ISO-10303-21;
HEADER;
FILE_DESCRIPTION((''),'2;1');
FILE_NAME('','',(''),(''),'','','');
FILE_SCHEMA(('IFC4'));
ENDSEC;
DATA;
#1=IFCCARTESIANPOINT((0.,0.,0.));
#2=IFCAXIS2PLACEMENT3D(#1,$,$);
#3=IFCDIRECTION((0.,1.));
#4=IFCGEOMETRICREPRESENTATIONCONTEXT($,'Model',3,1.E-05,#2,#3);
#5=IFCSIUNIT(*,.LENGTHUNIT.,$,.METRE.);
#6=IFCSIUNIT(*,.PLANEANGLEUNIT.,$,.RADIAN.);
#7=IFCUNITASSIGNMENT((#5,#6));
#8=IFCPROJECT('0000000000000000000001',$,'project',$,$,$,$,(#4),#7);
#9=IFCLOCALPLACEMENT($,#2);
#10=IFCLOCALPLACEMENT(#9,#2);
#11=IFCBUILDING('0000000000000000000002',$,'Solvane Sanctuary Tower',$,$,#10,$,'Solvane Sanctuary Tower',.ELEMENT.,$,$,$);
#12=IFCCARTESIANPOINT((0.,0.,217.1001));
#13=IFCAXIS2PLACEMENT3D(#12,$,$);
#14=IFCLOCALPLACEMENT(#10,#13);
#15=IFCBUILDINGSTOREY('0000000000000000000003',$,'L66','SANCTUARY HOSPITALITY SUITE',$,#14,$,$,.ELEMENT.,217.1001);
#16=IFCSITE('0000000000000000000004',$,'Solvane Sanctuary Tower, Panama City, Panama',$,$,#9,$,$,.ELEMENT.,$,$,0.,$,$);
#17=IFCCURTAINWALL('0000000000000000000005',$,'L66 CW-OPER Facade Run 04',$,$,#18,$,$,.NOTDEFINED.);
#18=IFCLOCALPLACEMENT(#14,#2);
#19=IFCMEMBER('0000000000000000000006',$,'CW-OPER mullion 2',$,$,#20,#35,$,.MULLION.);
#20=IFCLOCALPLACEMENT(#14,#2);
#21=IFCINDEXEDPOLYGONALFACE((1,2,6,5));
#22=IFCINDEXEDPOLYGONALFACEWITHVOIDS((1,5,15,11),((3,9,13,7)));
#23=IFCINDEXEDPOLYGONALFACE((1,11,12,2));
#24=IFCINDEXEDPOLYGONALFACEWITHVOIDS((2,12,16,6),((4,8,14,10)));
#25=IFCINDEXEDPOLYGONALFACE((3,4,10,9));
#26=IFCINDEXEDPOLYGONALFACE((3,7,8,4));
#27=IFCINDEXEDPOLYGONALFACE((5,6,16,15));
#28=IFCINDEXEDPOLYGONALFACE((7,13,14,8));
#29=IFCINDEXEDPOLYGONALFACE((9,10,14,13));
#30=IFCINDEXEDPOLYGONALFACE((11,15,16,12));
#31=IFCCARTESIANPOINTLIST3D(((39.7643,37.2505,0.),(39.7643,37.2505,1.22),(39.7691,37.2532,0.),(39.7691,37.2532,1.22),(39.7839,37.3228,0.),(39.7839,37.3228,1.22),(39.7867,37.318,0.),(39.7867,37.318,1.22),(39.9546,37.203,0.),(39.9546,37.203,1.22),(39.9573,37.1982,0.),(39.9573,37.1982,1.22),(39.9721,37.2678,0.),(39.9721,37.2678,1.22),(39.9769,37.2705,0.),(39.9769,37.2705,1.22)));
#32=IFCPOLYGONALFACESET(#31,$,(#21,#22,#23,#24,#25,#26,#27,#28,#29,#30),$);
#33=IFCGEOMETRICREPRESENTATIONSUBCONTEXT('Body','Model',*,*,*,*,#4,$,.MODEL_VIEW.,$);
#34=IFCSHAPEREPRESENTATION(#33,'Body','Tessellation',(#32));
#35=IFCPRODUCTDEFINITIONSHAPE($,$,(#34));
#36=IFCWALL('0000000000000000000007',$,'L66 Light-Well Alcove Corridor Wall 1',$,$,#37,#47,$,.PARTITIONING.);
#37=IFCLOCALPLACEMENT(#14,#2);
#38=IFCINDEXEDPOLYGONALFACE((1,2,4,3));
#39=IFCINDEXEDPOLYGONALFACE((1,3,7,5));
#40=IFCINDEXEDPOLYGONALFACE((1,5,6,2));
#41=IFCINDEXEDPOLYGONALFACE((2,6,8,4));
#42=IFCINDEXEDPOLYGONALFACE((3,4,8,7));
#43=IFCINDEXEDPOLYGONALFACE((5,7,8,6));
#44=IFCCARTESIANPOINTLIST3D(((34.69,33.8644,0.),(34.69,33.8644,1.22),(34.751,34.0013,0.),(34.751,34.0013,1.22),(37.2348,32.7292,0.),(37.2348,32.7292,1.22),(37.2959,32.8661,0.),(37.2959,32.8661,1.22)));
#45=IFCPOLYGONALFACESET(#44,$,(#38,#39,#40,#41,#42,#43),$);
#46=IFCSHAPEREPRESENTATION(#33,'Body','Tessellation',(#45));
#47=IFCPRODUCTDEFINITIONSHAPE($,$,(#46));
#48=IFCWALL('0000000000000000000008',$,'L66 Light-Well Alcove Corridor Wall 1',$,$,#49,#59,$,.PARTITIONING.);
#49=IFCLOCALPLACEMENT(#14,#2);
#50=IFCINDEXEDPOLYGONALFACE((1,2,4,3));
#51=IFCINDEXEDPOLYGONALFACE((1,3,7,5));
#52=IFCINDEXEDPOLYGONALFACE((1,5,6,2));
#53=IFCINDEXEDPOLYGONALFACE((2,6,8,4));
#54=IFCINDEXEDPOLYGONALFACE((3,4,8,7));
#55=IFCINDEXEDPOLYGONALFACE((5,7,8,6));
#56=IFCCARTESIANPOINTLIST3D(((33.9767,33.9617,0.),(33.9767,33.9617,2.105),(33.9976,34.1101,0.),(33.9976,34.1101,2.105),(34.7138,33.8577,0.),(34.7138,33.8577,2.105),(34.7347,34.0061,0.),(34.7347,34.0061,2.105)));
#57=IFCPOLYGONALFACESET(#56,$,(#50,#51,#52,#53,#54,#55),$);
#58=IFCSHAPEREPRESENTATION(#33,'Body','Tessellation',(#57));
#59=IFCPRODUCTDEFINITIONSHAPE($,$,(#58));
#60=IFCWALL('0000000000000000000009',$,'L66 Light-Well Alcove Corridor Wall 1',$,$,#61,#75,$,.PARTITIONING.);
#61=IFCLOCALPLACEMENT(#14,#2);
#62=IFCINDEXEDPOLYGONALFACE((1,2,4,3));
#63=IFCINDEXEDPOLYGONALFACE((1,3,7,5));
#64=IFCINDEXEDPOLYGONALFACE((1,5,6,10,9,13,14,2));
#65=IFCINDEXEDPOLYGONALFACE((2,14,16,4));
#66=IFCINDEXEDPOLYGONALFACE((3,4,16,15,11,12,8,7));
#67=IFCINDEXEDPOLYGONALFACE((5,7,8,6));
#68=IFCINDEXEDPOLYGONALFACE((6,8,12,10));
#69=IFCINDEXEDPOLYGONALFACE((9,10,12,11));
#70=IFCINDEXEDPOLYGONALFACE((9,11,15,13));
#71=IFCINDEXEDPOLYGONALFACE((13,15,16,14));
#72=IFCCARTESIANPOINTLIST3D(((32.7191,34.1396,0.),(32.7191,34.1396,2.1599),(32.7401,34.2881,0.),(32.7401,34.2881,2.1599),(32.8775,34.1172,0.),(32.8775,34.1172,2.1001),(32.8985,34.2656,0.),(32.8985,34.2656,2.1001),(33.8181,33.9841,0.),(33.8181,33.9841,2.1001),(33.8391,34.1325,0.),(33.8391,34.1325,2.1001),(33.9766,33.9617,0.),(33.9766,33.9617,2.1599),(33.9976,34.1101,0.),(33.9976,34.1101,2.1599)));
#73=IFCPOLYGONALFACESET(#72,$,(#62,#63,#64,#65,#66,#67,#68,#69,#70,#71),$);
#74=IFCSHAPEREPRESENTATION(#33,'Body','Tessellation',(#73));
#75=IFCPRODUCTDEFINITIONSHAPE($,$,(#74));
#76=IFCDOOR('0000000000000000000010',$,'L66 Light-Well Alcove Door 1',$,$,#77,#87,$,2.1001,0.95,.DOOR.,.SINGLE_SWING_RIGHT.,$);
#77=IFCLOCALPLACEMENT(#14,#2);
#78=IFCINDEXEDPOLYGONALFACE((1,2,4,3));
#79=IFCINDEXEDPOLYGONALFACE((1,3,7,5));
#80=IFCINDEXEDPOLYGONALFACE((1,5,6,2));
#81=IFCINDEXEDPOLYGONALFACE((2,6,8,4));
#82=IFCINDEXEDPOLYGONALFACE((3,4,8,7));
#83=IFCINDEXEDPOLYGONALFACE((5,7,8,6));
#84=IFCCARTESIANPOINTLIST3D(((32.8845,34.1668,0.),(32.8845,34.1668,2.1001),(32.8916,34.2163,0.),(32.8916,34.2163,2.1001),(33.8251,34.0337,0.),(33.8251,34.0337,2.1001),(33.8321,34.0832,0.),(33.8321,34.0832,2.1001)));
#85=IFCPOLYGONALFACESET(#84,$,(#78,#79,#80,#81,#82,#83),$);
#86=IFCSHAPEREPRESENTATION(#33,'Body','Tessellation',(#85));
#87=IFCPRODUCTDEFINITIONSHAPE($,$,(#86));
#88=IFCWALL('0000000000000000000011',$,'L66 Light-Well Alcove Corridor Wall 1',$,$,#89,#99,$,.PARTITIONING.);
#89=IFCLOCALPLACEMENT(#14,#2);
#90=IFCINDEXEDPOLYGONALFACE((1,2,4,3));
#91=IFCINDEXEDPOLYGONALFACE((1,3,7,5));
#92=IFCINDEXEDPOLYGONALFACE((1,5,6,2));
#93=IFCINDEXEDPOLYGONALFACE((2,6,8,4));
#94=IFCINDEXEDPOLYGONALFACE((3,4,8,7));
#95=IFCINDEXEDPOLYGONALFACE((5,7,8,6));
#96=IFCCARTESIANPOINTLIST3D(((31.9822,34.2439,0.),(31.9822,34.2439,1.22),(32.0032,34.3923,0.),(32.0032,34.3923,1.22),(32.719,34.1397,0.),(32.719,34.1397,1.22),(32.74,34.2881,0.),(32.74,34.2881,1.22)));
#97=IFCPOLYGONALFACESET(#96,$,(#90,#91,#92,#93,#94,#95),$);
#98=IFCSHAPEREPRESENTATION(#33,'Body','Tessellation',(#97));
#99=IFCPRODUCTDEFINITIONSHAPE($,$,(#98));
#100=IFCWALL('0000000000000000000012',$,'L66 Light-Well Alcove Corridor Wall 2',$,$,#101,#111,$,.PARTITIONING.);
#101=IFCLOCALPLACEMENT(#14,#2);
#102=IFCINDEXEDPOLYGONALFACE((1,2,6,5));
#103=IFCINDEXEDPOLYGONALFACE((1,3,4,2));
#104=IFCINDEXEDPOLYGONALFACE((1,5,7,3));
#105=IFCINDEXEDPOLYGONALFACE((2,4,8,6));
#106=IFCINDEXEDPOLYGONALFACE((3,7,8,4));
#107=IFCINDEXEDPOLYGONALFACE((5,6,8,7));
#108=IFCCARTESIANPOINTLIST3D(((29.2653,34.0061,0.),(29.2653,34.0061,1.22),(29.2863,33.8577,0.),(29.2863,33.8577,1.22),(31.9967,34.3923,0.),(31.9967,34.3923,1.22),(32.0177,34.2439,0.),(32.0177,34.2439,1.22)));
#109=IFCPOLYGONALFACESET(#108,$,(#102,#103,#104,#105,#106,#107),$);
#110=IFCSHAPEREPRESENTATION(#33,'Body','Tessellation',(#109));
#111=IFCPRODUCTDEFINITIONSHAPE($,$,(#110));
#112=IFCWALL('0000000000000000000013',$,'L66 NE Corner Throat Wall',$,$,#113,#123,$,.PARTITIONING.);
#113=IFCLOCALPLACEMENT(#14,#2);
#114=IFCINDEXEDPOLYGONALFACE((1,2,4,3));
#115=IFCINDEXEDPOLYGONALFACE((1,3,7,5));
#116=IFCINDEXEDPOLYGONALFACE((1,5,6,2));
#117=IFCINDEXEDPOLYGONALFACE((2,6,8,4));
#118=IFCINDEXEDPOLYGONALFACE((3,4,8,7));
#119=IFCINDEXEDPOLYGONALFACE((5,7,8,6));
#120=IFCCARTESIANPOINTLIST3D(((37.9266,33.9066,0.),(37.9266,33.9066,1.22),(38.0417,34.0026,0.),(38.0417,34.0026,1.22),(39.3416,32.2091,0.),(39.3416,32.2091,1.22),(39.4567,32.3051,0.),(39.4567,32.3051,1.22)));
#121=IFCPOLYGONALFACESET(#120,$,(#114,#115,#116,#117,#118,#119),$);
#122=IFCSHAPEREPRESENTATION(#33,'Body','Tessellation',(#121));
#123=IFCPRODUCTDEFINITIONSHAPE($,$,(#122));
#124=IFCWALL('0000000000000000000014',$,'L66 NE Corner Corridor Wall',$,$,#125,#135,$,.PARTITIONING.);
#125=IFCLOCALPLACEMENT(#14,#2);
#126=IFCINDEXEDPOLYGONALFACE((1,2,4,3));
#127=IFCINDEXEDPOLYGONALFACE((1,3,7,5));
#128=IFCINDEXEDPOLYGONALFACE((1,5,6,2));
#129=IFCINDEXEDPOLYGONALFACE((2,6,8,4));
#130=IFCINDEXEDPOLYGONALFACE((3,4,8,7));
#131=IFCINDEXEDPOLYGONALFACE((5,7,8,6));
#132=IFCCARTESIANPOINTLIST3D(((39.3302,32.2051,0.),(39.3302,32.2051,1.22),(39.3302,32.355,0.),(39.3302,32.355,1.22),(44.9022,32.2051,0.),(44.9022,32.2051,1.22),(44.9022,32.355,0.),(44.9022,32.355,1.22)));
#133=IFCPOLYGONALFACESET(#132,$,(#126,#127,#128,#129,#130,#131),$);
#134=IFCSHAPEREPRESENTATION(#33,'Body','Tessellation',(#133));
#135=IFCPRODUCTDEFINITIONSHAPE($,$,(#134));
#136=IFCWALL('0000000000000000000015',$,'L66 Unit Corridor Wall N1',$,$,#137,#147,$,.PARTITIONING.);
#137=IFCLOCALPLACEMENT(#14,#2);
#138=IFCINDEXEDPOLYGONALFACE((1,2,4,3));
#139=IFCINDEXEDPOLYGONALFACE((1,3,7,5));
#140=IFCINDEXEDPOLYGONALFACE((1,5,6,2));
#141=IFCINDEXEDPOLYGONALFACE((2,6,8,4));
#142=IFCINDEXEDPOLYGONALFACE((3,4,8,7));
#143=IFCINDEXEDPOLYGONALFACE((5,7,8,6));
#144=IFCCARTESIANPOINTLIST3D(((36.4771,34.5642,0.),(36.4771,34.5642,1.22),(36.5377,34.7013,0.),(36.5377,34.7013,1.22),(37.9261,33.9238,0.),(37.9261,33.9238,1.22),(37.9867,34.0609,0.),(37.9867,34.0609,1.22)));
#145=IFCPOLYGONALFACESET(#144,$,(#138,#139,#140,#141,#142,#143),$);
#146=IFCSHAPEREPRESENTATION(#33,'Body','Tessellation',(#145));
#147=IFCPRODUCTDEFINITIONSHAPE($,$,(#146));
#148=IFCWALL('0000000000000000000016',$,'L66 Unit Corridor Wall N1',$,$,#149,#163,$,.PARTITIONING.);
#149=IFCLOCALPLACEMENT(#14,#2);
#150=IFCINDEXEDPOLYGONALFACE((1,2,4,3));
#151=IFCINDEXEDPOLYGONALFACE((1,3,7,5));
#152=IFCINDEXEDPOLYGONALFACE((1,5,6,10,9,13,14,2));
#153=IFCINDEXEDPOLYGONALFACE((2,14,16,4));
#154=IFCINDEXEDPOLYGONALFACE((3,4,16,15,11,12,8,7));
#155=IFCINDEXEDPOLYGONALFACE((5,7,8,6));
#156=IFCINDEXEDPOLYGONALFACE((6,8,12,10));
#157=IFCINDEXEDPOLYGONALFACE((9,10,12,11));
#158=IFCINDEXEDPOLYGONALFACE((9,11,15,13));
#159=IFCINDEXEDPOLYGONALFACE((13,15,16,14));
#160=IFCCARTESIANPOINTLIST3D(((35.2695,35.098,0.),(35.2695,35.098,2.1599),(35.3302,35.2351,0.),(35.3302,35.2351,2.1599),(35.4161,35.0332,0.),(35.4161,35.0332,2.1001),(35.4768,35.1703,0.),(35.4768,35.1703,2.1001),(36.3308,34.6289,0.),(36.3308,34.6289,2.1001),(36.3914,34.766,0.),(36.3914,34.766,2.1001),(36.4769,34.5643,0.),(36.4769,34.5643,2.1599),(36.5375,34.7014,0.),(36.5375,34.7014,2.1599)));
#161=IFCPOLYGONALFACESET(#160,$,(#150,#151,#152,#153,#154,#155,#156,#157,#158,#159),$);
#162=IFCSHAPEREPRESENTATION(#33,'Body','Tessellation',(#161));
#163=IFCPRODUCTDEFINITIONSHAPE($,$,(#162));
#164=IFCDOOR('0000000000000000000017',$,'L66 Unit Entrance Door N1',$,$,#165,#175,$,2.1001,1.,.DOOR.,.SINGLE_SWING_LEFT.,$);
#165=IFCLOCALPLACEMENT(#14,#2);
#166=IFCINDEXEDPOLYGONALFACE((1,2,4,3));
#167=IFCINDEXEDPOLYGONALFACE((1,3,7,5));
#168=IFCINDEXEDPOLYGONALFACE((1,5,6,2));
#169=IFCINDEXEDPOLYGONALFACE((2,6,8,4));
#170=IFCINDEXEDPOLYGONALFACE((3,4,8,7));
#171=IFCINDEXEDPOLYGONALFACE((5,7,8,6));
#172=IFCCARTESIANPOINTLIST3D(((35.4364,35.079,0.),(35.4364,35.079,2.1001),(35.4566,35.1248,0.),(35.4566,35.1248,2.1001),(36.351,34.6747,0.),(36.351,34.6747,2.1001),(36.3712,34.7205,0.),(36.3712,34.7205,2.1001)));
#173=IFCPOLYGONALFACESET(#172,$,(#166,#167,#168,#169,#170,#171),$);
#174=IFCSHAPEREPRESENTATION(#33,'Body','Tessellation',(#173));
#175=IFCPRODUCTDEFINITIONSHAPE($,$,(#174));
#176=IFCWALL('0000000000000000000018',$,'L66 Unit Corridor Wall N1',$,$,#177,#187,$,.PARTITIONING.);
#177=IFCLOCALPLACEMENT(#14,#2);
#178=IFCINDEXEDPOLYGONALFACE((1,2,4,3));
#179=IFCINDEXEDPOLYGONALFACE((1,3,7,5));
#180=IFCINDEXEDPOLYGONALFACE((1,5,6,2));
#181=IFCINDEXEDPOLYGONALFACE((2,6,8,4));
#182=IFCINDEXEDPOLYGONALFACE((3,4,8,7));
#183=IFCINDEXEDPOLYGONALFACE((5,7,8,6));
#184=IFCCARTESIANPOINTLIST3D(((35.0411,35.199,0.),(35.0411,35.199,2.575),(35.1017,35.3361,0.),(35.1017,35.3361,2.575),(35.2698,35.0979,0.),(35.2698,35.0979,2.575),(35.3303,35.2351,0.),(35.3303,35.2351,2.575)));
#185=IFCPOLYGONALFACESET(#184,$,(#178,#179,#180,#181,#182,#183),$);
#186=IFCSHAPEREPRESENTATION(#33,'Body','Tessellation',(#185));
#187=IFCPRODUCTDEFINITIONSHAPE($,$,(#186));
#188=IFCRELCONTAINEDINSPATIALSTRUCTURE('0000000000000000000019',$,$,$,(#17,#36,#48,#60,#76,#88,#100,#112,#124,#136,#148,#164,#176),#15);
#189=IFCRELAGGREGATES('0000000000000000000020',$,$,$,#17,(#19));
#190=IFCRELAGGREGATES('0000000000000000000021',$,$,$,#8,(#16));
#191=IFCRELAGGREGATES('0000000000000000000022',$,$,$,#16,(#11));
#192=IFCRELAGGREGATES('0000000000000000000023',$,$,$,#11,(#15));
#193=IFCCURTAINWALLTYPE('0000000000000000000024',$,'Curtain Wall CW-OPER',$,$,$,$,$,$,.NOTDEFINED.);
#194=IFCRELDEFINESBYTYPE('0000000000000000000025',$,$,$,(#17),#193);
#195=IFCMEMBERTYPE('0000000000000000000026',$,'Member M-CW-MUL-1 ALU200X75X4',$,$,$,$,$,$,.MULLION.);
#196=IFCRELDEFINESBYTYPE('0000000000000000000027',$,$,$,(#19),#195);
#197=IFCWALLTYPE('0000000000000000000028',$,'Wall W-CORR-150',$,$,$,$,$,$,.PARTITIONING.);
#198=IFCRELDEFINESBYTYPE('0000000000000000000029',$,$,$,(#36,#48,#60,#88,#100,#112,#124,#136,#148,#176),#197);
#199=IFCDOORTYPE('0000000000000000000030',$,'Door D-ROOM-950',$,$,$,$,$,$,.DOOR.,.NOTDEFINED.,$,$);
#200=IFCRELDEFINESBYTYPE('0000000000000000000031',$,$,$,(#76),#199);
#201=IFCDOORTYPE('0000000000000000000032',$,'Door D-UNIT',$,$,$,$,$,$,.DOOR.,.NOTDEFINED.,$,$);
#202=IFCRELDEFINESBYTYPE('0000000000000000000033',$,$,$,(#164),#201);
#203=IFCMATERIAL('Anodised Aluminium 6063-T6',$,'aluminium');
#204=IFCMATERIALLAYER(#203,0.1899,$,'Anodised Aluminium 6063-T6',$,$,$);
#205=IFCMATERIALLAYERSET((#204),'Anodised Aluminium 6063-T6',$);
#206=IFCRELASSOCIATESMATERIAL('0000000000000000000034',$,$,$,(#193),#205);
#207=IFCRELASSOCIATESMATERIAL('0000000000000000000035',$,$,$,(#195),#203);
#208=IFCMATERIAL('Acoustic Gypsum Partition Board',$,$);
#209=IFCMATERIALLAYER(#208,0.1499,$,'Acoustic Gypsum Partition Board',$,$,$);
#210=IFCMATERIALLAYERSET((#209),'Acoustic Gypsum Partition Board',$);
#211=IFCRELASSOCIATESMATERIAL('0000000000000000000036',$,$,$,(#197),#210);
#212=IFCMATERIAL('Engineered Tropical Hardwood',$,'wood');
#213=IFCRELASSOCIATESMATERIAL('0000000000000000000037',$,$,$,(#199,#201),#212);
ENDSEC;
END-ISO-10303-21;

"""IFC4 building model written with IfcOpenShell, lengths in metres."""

from ifc_helpers import new_model, si_unit, direction, frame, frame_2d, origin, origin_2d, place, context, subcontext, project, spatial, rectangle, hollow_rectangle, extrude, material, layer, layer_set, material_profile, profile_set, type_object, element, fill, aggregate, save


model = new_model("IFC4")

# Units and contexts
model_context = context("Model", 3, precision=1e-05, world=origin(), true_north=direction((0.0, 1.0)))
body_context = subcontext(model_context, "Body", "Model", "MODEL_VIEW")
ifc_project = project(units=[si_unit("LENGTHUNIT", "METRE"), si_unit("PLANEANGLEUNIT", "RADIAN")], contexts=[model_context])

# Site, building, storey
site_placement = place(None, origin())
site = spatial("IfcSite", under=ifc_project, at=site_placement, Name="Solvane Sanctuary Tower, Panama City, Panama", CompositionType="ELEMENT", RefElevation=0.0)
building_placement = place(site_placement, origin())
building = spatial("IfcBuilding", under=site, at=building_placement, Name="Solvane Sanctuary Tower", LongName="Solvane Sanctuary Tower", CompositionType="ELEMENT")
storey_placement = place(building_placement, frame((0.0, 0.0, 217.1001)))
storey = spatial("IfcBuildingStorey", under=building, at=storey_placement, Name="L66", Description="SANCTUARY HOSPITALITY SUITE", CompositionType="ELEMENT", Elevation=217.1001)

# Curtain wall, member
ifc_material_1 = material(Name="Anodised Aluminium 6063-T6", Category="aluminium")
ifc_layer_1 = layer(ifc_material_1, 0.1899, Name="Anodised Aluminium 6063-T6")
ifc_layer_set_1 = layer_set([ifc_layer_1], Name="Anodised Aluminium 6063-T6")
curtain_wall_type = type_object("IfcCurtainWallType", Name="Curtain Wall CW-OPER", PredefinedType="NOTDEFINED", material=ifc_layer_set_1)
curtain_wall_placement = place(storey_placement, origin())
curtain_wall = element("IfcCurtainWall", 1, at=curtain_wall_placement, inside=storey, type_object=curtain_wall_type, Name="L66 CW-OPER Facade Run 04", PredefinedType="NOTDEFINED")
ifc_material_profile_1 = material_profile(ifc_material_1, hollow_rectangle(XDim=0.075, YDim=0.2, WallThickness=0.0039, at=origin_2d()), Name="ALU200X75X4")
ifc_profile_set_1 = profile_set([ifc_material_profile_1], Name="Anodised Aluminium 6063-T6")
member_type = type_object("IfcMemberType", Name="Member M-CW-MUL-1 ALU200X75X4", PredefinedType="MULLION", material=ifc_profile_set_1)
member_placement = place(storey_placement, frame((39.8706, 37.2605, 0.0), z_axis=(0.0, 0.0, 1.0), x_axis=(-0.261468, -0.965212, 0.0)))
member = element("IfcMember", 2, at=member_placement, type_object=member_type, Name="CW-OPER mullion 2", PredefinedType="MULLION", context=body_context, shape_type="SweptSolid", body=[
    extrude(hollow_rectangle(XDim=0.075, YDim=0.2, WallThickness=0.0039, at=origin_2d()), origin(), (0.0, 0.0, 1.0), 1.22),
])
aggregate(curtain_wall, [member])

# Walls
ifc_material_2 = material(Name="Acoustic Gypsum Partition Board")
ifc_layer_2 = layer(ifc_material_2, 0.1499, Name="Acoustic Gypsum Partition Board")
ifc_layer_set_2 = layer_set([ifc_layer_2], Name="Acoustic Gypsum Partition Board")
wall_type_1 = type_object("IfcWallType", Name="Wall W-CORR-150", PredefinedType="PARTITIONING", material=ifc_layer_set_2)
wall_1_placement = place(storey_placement, frame((37.2654, 32.7976, 0.0), z_axis=(0.0, 0.0, 1.0), x_axis=(-0.913254, 0.40739, 0.0)))
element("IfcWall", 3, at=wall_1_placement, inside=storey, type_object=wall_type_1, Name="L66 Light-Well Alcove Corridor Wall 1", PredefinedType="PARTITIONING", context=body_context, shape_type="SweptSolid", body=[
    extrude(rectangle(XDim=2.7866, YDim=0.1499, at=frame_2d((1.3933, 0.0))), origin(), (0.0, 0.0, 1.0), 1.22),
])
wall_2_placement = place(storey_placement, frame((34.7241, 33.9319, 0.0), z_axis=(0.0, 0.0, 1.0), x_axis=(-0.990191, 0.139722, 0.0)))
element("IfcWall", 4, at=wall_2_placement, inside=storey, type_object=wall_type_1, Name="L66 Light-Well Alcove Corridor Wall 1", PredefinedType="PARTITIONING", context=body_context, shape_type="SweptSolid", body=[
    extrude(rectangle(XDim=0.7444, YDim=0.1499, at=frame_2d((0.3721, 0.0))), origin(), (0.0, 0.0, 1.0), 2.105),
])

# Wall, opening, door
wall_3_placement = place(storey_placement, frame((33.9871, 34.0359, 0.0), z_axis=(0.0, 0.0, 1.0), x_axis=(-0.990133, 0.14013, 0.0)))
wall_3 = element("IfcWall", 5, at=wall_3_placement, inside=storey, type_object=wall_type_1, Name="L66 Light-Well Alcove Corridor Wall 1", PredefinedType="PARTITIONING", context=body_context, shape_type="SweptSolid", body=[
    extrude(rectangle(XDim=1.27, YDim=0.1499, at=frame_2d((0.635, 0.0))), origin(), (0.0, 0.0, 1.0), 2.1599),
])
opening_1_placement = place(wall_3_placement, frame((0.1599, 0.0, 0.0)))
opening_1 = element("IfcOpeningElement", 6, at=opening_1_placement, cuts=wall_3, PredefinedType="OPENING", context=body_context, shape_type="SweptSolid", body=[
    extrude(rectangle(XDim=0.95, YDim=2.1001, at=frame_2d((0.4751, 1.05))), frame((0.0, 0.085, 0.0), z_axis=(0.0, -1.0, 0.0), x_axis=(1.0, 0.0, 0.0)), (0.0, 0.0, 1.0), 0.1699),
])
ifc_material_3 = material(Name="Engineered Tropical Hardwood", Category="wood")
door_type_1 = type_object("IfcDoorType", Name="Door D-ROOM-950", OperationType="NOTDEFINED", PredefinedType="DOOR", material=ifc_material_3)
door_1_placement = place(opening_1_placement, origin())
door_1 = element("IfcDoor", 7, at=door_1_placement, inside=storey, type_object=door_type_1, Name="L66 Light-Well Alcove Door 1", OperationType="SINGLE_SWING_RIGHT", OverallHeight=2.1001, OverallWidth=0.95, PredefinedType="DOOR", context=body_context, shape_type="SweptSolid", body=[
    extrude(rectangle(XDim=0.95, YDim=2.1001, at=frame_2d((0.4751, 1.05))), frame((0.0, 0.0249, 0.0), z_axis=(0.0, -1.0, 0.0), x_axis=(1.0, 0.0, 0.0)), (0.0, 0.0, 1.0), 0.05),
])
fill(opening_1, door_1)

# Walls
wall_4_placement = place(storey_placement, frame((32.7295, 34.2139, 0.0), z_axis=(0.0, 0.0, 1.0), x_axis=(-0.990139, 0.140089, 0.0)))
element("IfcWall", 8, at=wall_4_placement, inside=storey, type_object=wall_type_1, Name="L66 Light-Well Alcove Corridor Wall 1", PredefinedType="PARTITIONING", context=body_context, shape_type="SweptSolid", body=[
    extrude(rectangle(XDim=0.7441, YDim=0.1499, at=frame_2d((0.3721, 0.0))), origin(), (0.0, 0.0, 1.0), 1.22),
])
wall_5_placement = place(storey_placement, frame((32.0073, 34.3181, 0.0), z_axis=(0.0, 0.0, 1.0), x_axis=(-0.99015, -0.140009, 0.0)))
element("IfcWall", 9, at=wall_5_placement, inside=storey, type_object=wall_type_1, Name="L66 Light-Well Alcove Corridor Wall 2", PredefinedType="PARTITIONING", context=body_context, shape_type="SweptSolid", body=[
    extrude(rectangle(XDim=2.7585, YDim=0.1499, at=frame_2d((1.3794, 0.0))), origin(), (0.0, 0.0, 1.0), 1.22),
])
wall_6_placement = place(storey_placement, frame((37.9841, 33.9546, 0.0), z_axis=(0.0, 0.0, 1.0), x_axis=(0.640304, -0.768122, 0.0)))
element("IfcWall", 10, at=wall_6_placement, inside=storey, type_object=wall_type_1, Name="L66 NE Corner Throat Wall", PredefinedType="PARTITIONING", context=body_context, shape_type="SweptSolid", body=[
    extrude(rectangle(XDim=2.21, YDim=0.1499, at=frame_2d((1.105, 0.0))), origin(), (0.0, 0.0, 1.0), 1.22),
])
wall_7_placement = place(storey_placement, frame((39.3301, 32.28, 0.0), z_axis=(0.0, 0.0, 1.0), x_axis=(1.0, 0.0, 0.0)))
element("IfcWall", 11, at=wall_7_placement, inside=storey, type_object=wall_type_1, Name="L66 NE Corner Corridor Wall", PredefinedType="PARTITIONING", context=body_context, shape_type="SweptSolid", body=[
    extrude(rectangle(XDim=5.572, YDim=0.1499, at=frame_2d((2.7861, 0.0))), origin(), (0.0, 0.0, 1.0), 1.22),
])
wall_8_placement = place(storey_placement, frame((37.9563, 33.9924, 0.0), z_axis=(0.0, 0.0, 1.0), x_axis=(-0.914655, 0.404236, 0.0)))
element("IfcWall", 12, at=wall_8_placement, inside=storey, type_object=wall_type_1, Name="L66 Unit Corridor Wall N1", PredefinedType="PARTITIONING", context=body_context, shape_type="SweptSolid", body=[
    extrude(rectangle(XDim=1.5842, YDim=0.1499, at=frame_2d((0.792, 0.0))), origin(), (0.0, 0.0, 1.0), 1.22),
])

# Wall, opening, door
wall_9_placement = place(storey_placement, frame((36.5073, 34.6328, 0.0), z_axis=(0.0, 0.0, 1.0), x_axis=(-0.914618, 0.404319, 0.0)))
wall_9 = element("IfcWall", 13, at=wall_9_placement, inside=storey, type_object=wall_type_1, Name="L66 Unit Corridor Wall N1", PredefinedType="PARTITIONING", context=body_context, shape_type="SweptSolid", body=[
    extrude(rectangle(XDim=1.3201, YDim=0.1499, at=frame_2d((0.6602, 0.0))), origin(), (0.0, 0.0, 1.0), 2.1599),
])
opening_2_placement = place(wall_9_placement, frame((0.1599, 0.0, 0.0)))
opening_2 = element("IfcOpeningElement", 14, at=opening_2_placement, cuts=wall_9, PredefinedType="OPENING", context=body_context, shape_type="SweptSolid", body=[
    extrude(rectangle(XDim=1.0, YDim=2.1001, at=frame_2d((0.5, 1.05))), frame((0.0, 0.085, 0.0), z_axis=(0.0, -1.0, 0.0), x_axis=(1.0, 0.0, 0.0)), (0.0, 0.0, 1.0), 0.1699),
])
door_type_2 = type_object("IfcDoorType", Name="Door D-UNIT", OperationType="NOTDEFINED", PredefinedType="DOOR", material=ifc_material_3)
door_2_placement = place(opening_2_placement, origin())
door_2 = element("IfcDoor", 15, at=door_2_placement, inside=storey, type_object=door_type_2, Name="L66 Unit Entrance Door N1", OperationType="SINGLE_SWING_LEFT", OverallHeight=2.1001, OverallWidth=1.0, PredefinedType="DOOR", context=body_context, shape_type="SweptSolid", body=[
    extrude(rectangle(XDim=1.0, YDim=2.1001, at=frame_2d((0.5, 1.05))), frame((0.0, 0.0249, 0.0), z_axis=(0.0, -1.0, 0.0), x_axis=(1.0, 0.0, 0.0)), (0.0, 0.0, 1.0), 0.05),
])
fill(opening_2, door_2)

# Wall
wall_10_placement = place(storey_placement, frame((35.3, 35.1665, 0.0), z_axis=(0.0, 0.0, 1.0), x_axis=(-0.914695, 0.404145, 0.0)))
element("IfcWall", 16, at=wall_10_placement, inside=storey, type_object=wall_type_1, Name="L66 Unit Corridor Wall N1", PredefinedType="PARTITIONING", context=body_context, shape_type="SweptSolid", body=[
    extrude(rectangle(XDim=0.25, YDim=0.1499, at=frame_2d((0.125, 0.0))), origin(), (0.0, 0.0, 1.0), 2.575),
])

save(model, "model.ifc")
